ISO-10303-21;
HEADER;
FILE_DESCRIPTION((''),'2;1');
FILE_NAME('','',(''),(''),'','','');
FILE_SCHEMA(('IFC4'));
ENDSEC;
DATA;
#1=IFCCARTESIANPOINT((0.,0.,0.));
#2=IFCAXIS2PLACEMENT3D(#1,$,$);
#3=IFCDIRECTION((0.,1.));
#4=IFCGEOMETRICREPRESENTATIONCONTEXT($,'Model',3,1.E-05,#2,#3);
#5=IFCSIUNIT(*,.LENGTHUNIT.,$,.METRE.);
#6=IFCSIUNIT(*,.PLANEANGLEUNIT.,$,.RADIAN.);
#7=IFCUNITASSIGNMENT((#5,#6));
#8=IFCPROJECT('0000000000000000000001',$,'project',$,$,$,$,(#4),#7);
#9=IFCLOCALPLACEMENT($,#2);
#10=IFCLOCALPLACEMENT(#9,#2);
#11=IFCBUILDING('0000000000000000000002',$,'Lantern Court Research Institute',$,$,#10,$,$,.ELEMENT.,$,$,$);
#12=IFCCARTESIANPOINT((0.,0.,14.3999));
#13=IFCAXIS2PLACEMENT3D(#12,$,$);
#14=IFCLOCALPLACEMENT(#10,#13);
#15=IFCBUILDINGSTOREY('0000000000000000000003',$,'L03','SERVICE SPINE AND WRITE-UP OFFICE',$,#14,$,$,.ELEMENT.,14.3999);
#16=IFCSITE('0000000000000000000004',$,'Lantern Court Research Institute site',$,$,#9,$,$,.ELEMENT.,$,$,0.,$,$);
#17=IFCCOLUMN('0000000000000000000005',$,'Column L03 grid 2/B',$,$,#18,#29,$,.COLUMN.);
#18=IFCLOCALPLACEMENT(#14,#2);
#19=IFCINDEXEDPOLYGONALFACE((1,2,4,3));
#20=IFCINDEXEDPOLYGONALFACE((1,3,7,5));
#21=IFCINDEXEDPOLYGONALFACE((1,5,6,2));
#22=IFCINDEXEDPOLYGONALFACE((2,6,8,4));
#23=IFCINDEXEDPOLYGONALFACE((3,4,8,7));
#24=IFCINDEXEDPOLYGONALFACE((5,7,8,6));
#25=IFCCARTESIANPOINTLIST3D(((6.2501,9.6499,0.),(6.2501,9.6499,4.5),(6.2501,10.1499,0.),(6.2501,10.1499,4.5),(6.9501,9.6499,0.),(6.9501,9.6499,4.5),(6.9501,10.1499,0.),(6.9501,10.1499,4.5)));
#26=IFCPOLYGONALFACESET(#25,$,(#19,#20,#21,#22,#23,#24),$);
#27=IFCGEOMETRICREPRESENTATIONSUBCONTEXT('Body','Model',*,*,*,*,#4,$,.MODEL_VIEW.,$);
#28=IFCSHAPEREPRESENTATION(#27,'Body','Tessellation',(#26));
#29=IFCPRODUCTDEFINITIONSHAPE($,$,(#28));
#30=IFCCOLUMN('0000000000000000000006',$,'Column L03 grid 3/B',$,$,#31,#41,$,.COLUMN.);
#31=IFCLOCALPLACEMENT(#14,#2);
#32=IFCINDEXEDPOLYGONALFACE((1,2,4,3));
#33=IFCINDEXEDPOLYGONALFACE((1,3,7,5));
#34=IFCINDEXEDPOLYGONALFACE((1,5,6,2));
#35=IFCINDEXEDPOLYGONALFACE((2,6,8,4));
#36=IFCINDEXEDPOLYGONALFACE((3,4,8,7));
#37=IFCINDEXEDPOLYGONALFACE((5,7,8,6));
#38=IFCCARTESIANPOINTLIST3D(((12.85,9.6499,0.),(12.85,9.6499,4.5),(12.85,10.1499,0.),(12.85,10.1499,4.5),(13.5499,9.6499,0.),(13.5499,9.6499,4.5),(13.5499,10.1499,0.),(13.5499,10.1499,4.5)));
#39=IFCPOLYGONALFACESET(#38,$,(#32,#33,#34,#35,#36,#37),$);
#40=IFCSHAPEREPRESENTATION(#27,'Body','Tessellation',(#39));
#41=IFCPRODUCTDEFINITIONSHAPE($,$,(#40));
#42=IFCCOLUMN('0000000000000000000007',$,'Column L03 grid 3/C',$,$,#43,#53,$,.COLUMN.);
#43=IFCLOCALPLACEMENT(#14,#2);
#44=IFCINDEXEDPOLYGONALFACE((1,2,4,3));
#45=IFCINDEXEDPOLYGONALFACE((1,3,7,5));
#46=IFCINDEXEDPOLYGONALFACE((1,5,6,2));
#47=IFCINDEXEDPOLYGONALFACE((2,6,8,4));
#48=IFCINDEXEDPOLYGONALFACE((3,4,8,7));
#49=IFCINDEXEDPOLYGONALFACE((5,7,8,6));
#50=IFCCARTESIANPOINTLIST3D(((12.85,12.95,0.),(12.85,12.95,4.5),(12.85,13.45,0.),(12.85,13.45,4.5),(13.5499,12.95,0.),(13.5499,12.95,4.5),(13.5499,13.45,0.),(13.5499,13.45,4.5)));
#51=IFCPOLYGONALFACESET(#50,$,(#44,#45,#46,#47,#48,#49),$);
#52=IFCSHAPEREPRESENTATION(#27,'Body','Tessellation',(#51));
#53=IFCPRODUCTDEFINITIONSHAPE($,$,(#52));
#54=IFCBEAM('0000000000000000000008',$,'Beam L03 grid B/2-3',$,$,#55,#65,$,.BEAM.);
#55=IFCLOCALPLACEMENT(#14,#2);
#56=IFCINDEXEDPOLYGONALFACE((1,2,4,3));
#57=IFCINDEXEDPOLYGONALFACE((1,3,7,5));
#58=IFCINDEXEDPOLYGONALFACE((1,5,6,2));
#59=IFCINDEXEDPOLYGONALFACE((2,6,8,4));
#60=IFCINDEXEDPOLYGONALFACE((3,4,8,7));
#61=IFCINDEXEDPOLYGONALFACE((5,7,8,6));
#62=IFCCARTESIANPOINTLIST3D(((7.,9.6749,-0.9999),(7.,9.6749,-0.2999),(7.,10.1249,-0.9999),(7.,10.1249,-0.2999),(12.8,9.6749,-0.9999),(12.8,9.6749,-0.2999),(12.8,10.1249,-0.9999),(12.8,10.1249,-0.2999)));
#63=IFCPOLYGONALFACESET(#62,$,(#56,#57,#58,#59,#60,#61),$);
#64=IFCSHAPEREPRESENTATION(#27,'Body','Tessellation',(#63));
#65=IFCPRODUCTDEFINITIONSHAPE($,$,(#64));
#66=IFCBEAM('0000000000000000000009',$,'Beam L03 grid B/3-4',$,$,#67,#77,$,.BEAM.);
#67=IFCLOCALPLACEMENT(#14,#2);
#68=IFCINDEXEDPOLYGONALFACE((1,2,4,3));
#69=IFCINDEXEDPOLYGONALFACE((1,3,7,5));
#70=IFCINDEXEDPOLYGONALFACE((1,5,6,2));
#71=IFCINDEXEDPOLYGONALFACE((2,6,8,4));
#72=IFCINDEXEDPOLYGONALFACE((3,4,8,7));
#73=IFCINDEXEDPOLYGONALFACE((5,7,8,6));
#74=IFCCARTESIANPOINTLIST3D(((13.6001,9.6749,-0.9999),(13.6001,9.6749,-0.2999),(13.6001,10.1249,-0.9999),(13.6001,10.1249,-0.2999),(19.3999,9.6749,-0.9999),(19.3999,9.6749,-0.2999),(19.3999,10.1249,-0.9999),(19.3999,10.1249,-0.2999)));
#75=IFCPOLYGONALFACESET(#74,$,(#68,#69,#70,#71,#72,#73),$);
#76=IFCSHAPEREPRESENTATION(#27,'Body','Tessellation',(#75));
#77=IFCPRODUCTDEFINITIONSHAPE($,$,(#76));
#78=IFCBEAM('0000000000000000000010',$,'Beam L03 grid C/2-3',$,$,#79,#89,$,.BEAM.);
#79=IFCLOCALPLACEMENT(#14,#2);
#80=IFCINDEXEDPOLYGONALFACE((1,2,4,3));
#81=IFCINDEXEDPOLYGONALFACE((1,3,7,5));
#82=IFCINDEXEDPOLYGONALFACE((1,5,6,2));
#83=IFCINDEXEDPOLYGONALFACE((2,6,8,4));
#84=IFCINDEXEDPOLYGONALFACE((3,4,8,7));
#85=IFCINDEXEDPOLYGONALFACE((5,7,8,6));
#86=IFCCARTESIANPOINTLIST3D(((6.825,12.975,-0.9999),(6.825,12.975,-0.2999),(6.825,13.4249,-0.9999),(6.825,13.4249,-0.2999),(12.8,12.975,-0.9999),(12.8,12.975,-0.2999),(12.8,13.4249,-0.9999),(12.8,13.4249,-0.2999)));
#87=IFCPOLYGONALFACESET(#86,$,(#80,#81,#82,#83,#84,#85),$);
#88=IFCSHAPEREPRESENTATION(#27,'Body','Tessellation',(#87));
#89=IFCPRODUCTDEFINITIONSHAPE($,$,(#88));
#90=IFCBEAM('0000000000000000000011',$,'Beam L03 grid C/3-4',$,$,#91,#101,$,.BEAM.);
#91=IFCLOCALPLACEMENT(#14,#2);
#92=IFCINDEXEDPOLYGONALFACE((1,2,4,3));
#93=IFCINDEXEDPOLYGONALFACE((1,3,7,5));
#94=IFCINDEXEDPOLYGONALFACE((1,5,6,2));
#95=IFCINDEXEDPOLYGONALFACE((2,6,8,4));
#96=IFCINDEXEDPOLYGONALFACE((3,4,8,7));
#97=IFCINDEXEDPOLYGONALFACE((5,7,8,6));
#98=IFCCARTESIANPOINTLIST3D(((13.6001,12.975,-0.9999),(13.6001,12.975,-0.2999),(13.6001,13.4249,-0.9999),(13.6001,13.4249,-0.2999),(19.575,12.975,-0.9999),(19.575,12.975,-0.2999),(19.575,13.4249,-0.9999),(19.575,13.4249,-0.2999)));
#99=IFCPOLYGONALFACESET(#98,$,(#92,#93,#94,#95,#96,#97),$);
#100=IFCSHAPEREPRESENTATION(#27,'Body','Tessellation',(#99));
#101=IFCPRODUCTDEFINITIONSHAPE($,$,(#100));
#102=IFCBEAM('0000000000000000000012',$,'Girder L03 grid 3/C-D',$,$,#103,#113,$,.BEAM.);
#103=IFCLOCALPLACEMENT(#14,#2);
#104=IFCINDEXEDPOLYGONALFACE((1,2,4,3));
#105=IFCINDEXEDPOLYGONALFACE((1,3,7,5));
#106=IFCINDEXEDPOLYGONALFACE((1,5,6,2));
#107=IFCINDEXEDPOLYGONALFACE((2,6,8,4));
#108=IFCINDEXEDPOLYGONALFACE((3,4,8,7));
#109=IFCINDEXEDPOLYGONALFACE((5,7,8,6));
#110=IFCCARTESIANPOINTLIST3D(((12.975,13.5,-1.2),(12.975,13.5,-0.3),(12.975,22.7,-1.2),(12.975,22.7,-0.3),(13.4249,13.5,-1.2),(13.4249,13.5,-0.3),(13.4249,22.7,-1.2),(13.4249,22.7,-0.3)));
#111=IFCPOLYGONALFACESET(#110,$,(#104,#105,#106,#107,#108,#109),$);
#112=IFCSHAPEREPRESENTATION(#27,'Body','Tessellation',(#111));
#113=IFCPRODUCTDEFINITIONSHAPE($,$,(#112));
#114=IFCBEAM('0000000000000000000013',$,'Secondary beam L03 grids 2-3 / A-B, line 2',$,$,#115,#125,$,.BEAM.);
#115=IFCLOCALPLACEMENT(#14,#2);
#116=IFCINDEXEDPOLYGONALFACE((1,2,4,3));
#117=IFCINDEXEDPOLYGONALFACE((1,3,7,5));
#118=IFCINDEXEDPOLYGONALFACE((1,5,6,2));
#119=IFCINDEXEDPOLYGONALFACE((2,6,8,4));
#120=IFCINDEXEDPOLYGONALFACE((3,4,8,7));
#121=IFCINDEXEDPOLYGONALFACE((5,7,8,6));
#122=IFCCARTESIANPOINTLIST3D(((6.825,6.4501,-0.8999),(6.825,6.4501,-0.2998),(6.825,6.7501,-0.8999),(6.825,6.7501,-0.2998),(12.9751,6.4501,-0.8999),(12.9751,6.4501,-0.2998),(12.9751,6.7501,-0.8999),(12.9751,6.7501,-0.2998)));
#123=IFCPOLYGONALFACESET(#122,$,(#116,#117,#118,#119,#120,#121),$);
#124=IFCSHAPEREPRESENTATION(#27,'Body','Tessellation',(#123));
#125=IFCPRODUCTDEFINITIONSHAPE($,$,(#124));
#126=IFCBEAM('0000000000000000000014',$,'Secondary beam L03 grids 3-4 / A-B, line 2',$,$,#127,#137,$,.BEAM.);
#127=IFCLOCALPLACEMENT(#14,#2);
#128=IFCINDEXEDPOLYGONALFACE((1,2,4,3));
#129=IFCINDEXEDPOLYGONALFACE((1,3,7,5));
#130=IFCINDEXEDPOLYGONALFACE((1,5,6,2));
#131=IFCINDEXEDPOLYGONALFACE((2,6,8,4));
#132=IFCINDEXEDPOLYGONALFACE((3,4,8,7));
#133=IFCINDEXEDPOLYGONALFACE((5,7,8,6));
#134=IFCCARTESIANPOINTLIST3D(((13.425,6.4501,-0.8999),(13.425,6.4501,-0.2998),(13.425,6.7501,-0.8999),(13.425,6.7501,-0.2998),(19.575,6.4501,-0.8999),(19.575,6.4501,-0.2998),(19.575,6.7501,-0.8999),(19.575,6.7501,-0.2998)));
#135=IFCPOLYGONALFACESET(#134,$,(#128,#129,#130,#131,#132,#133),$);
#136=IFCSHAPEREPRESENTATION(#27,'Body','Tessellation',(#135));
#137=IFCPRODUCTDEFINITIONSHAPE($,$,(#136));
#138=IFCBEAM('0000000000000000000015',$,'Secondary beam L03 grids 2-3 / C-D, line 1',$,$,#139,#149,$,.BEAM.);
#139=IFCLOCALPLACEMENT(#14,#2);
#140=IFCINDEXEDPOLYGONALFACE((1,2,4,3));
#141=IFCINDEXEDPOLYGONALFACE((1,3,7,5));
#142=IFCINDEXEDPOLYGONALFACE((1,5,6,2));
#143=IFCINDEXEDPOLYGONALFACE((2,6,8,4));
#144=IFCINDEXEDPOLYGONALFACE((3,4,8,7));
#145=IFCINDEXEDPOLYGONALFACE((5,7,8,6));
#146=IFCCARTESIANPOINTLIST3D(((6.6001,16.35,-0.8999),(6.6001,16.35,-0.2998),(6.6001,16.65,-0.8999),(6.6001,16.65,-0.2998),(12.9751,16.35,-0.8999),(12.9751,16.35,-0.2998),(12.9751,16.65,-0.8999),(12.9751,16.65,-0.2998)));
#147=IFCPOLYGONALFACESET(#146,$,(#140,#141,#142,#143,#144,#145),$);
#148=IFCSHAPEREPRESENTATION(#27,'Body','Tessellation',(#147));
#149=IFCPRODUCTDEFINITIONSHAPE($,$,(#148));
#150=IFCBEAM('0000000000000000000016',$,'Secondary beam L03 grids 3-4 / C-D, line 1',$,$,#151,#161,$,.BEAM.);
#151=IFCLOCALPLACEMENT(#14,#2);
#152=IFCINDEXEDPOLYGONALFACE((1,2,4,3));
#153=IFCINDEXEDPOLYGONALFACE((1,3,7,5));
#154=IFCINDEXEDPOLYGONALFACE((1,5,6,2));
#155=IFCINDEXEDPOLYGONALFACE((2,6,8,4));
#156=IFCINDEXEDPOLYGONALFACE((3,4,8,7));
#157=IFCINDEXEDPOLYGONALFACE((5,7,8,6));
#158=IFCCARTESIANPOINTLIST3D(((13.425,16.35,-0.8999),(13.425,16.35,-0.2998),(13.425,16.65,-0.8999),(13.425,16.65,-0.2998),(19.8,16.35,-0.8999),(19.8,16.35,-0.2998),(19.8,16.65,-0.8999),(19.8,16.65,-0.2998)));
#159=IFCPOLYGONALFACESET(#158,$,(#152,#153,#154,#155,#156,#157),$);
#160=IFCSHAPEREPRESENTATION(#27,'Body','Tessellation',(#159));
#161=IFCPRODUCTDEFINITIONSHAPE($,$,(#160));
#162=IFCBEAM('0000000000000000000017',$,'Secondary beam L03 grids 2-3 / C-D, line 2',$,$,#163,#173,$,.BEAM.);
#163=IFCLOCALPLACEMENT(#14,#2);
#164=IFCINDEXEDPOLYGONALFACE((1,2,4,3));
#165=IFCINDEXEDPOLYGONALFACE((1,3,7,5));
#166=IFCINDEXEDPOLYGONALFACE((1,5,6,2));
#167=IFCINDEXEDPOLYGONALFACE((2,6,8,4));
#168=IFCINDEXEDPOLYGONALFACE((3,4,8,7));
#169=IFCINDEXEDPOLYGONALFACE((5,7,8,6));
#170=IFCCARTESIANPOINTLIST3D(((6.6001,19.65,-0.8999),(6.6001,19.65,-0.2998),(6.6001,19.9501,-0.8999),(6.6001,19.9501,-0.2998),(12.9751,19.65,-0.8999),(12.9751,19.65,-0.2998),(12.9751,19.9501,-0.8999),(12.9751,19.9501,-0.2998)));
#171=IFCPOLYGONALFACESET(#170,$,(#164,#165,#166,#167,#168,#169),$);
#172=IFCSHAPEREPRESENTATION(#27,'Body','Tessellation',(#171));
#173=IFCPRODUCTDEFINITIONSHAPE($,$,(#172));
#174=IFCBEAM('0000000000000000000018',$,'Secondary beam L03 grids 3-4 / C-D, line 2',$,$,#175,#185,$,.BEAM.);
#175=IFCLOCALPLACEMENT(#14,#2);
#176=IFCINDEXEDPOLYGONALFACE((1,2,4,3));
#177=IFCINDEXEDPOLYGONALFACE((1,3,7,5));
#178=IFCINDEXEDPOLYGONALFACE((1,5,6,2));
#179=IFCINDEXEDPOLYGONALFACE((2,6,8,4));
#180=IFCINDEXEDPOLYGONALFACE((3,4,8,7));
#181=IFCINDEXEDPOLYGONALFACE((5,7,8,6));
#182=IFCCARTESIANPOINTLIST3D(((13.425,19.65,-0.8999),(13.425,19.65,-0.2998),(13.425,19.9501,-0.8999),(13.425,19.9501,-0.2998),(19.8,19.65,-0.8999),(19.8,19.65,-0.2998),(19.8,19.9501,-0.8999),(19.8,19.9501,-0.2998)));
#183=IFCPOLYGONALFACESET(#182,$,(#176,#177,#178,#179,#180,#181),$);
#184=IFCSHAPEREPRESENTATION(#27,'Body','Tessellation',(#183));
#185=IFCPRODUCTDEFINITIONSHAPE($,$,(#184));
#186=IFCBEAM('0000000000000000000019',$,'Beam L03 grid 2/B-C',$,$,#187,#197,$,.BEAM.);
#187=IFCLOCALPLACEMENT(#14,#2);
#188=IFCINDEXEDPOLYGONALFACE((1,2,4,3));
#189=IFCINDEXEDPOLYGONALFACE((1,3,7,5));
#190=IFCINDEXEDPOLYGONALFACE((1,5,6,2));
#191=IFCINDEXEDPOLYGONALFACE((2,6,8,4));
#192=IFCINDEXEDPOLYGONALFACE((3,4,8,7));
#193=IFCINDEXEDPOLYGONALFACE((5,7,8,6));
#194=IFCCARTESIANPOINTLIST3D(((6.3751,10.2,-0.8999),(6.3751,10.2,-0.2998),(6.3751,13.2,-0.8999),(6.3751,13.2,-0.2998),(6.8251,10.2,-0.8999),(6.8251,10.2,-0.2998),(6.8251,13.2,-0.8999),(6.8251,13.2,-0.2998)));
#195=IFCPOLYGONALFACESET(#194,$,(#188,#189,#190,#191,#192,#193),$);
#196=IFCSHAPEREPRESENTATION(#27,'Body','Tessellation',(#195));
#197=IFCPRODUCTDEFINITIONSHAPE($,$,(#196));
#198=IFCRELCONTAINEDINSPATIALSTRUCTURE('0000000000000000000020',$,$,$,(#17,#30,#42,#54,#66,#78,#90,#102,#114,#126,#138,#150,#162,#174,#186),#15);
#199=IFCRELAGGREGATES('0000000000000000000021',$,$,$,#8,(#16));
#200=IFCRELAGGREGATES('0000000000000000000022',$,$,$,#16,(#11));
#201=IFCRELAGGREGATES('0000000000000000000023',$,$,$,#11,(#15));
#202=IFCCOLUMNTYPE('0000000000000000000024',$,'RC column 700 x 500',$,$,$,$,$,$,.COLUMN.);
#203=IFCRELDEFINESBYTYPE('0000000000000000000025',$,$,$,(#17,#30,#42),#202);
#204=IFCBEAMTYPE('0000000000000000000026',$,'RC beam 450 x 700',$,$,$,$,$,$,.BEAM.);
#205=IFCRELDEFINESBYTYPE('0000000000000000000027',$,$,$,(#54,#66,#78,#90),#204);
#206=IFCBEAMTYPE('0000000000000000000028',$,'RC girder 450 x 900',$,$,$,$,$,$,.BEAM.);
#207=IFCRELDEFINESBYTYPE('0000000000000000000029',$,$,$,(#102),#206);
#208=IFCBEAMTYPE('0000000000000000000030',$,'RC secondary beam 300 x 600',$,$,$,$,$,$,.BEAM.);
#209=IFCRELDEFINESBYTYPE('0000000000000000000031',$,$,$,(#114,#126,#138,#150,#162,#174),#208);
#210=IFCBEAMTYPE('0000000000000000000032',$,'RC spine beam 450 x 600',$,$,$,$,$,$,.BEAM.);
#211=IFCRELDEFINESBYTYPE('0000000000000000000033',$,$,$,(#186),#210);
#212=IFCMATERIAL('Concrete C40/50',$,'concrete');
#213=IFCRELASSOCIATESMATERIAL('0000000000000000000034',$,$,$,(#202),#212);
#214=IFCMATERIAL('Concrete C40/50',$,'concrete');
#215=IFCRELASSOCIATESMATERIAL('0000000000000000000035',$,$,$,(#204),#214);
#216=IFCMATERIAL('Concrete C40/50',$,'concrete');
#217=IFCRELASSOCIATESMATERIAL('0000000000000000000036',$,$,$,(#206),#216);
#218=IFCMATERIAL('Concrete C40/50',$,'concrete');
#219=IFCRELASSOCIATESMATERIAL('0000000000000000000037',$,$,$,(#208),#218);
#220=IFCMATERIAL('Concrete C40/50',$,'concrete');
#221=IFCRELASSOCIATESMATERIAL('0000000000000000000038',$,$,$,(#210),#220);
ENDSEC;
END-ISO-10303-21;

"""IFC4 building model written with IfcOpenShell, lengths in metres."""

from ifc_helpers import new_model, si_unit, direction, frame, origin, origin_2d, place, context, subcontext, project, spatial, rectangle, extrude, material, material_profile, profile_set, type_object, element, save


model = new_model("IFC4")

# Units and contexts
model_context = context("Model", 3, precision=1e-05, world=origin(), true_north=direction((0.0, 1.0)))
body_context = subcontext(model_context, "Body", "Model", "MODEL_VIEW")
ifc_project = project(units=[si_unit("LENGTHUNIT", "METRE"), si_unit("PLANEANGLEUNIT", "RADIAN")], contexts=[model_context])

# Site, building, storey
site_placement = place(None, origin())
site = spatial("IfcSite", under=ifc_project, at=site_placement, Name="Lantern Court Research Institute site", CompositionType="ELEMENT", RefElevation=0.0)
building_placement = place(site_placement, origin())
building = spatial("IfcBuilding", under=site, at=building_placement, Name="Lantern Court Research Institute", CompositionType="ELEMENT")
storey_placement = place(building_placement, frame((0.0, 0.0, 14.3999)))
storey = spatial("IfcBuildingStorey", under=building, at=storey_placement, Name="L03", Description="SERVICE SPINE AND WRITE-UP OFFICE", CompositionType="ELEMENT", Elevation=14.3999)

# Columns
ifc_material_1 = material(Name="Concrete C40/50", Category="concrete")
ifc_material_profile_1 = material_profile(ifc_material_1, rectangle(XDim=0.7, YDim=0.5, at=origin_2d()), Name="RC column 700 x 500")
ifc_profile_set_1 = profile_set([ifc_material_profile_1], Name="Concrete C40/50")
column_type = type_object("IfcColumnType", Name="RC column 700 x 500", PredefinedType="COLUMN", material=ifc_profile_set_1)
for number, where, z_axis, x_axis, name in (
    (1, (6.6001, 9.8999, 0.0), (0.0, 0.0, 1.0), (1.0, 0.0, 0.0), "Column L03 grid 2/B"),
    (2, (13.2, 9.8999, 0.0), (0.0, 0.0, 1.0), (1.0, 0.0, 0.0), "Column L03 grid 3/B"),
    (3, (13.2, 13.2, 0.0), (0.0, 0.0, 1.0), (1.0, 0.0, 0.0), "Column L03 grid 3/C"),
):
    element("IfcColumn", number, at=place(storey_placement, frame(where, z_axis=z_axis, x_axis=x_axis)), inside=storey, type_object=column_type, Name=name, PredefinedType="COLUMN", context=body_context, shape_type="SweptSolid", body=[
        extrude(rectangle(XDim=0.7, YDim=0.5, at=origin_2d()), origin(), (0.0, 0.0, 1.0), 4.5),
    ])

# Beams
ifc_material_2 = material(Name="Concrete C40/50", Category="concrete")
ifc_material_profile_2 = material_profile(ifc_material_2, rectangle(XDim=0.45, YDim=0.7, at=origin_2d()), Name="RC beam 450 x 700")
ifc_profile_set_2 = profile_set([ifc_material_profile_2], Name="Concrete C40/50")
beam_type_1 = type_object("IfcBeamType", Name="RC beam 450 x 700", PredefinedType="BEAM", material=ifc_profile_set_2)
beam_1_placement = place(storey_placement, frame((7.0, 9.8999, -0.6499), z_axis=(1.0, 0.0, 0.0), x_axis=(0.0, 1.0, 0.0)))
element("IfcBeam", 4, at=beam_1_placement, inside=storey, type_object=beam_type_1, Name="Beam L03 grid B/2-3", PredefinedType="BEAM", context=body_context, shape_type="SweptSolid", body=[
    extrude(rectangle(XDim=0.45, YDim=0.7, at=origin_2d()), origin(), (0.0, 0.0, 1.0), 5.8),
])
beam_2_placement = place(storey_placement, frame((13.6001, 9.8999, -0.6499), z_axis=(1.0, 0.0, 0.0), x_axis=(0.0, 1.0, 0.0)))
element("IfcBeam", 5, at=beam_2_placement, inside=storey, type_object=beam_type_1, Name="Beam L03 grid B/3-4", PredefinedType="BEAM", context=body_context, shape_type="SweptSolid", body=[
    extrude(rectangle(XDim=0.45, YDim=0.7, at=origin_2d()), origin(), (0.0, 0.0, 1.0), 5.7998),
])
beam_3_placement = place(storey_placement, frame((6.825, 13.2, -0.6499), z_axis=(1.0, 0.0, 0.0), x_axis=(0.0, 1.0, 0.0)))
element("IfcBeam", 6, at=beam_3_placement, inside=storey, type_object=beam_type_1, Name="Beam L03 grid C/2-3", PredefinedType="BEAM", context=body_context, shape_type="SweptSolid", body=[
    extrude(rectangle(XDim=0.45, YDim=0.7, at=origin_2d()), origin(), (0.0, 0.0, 1.0), 5.9751),
])
beam_4_placement = place(storey_placement, frame((13.6001, 13.2, -0.6499), z_axis=(1.0, 0.0, 0.0), x_axis=(0.0, 1.0, 0.0)))
element("IfcBeam", 7, at=beam_4_placement, inside=storey, type_object=beam_type_1, Name="Beam L03 grid C/3-4", PredefinedType="BEAM", context=body_context, shape_type="SweptSolid", body=[
    extrude(rectangle(XDim=0.45, YDim=0.7, at=origin_2d()), origin(), (0.0, 0.0, 1.0), 5.9749),
])
ifc_material_3 = material(Name="Concrete C40/50", Category="concrete")
ifc_material_profile_3 = material_profile(ifc_material_3, rectangle(XDim=0.45, YDim=0.8999, at=origin_2d()), Name="RC beam 450 x 900")
ifc_profile_set_3 = profile_set([ifc_material_profile_3], Name="Concrete C40/50")
beam_type_2 = type_object("IfcBeamType", Name="RC girder 450 x 900", PredefinedType="BEAM", material=ifc_profile_set_3)
beam_5_placement = place(storey_placement, frame((13.2, 13.5, -0.75), z_axis=(0.0, 1.0, 0.0), x_axis=(-1.0, 0.0, 0.0)))
element("IfcBeam", 8, at=beam_5_placement, inside=storey, type_object=beam_type_2, Name="Girder L03 grid 3/C-D", PredefinedType="BEAM", context=body_context, shape_type="SweptSolid", body=[
    extrude(rectangle(XDim=0.45, YDim=0.8999, at=origin_2d()), origin(), (0.0, 0.0, 1.0), 9.2),
])
ifc_material_4 = material(Name="Concrete C40/50", Category="concrete")
ifc_material_profile_4 = material_profile(ifc_material_4, rectangle(XDim=0.3, YDim=0.6001, at=origin_2d()), Name="RC beam 300 x 600")
ifc_profile_set_4 = profile_set([ifc_material_profile_4], Name="Concrete C40/50")
beam_type_3 = type_object("IfcBeamType", Name="RC secondary beam 300 x 600", PredefinedType="BEAM", material=ifc_profile_set_4)
beam_6_placement = place(storey_placement, frame((6.825, 6.6001, -0.5999), z_axis=(1.0, 0.0, 0.0), x_axis=(0.0, 1.0, 0.0)))
element("IfcBeam", 9, at=beam_6_placement, inside=storey, type_object=beam_type_3, Name="Secondary beam L03 grids 2-3 / A-B, line 2", PredefinedType="BEAM", context=body_context, shape_type="SweptSolid", body=[
    extrude(rectangle(XDim=0.3, YDim=0.6001, at=origin_2d()), origin(), (0.0, 0.0, 1.0), 6.1501),
])
beam_7_placement = place(storey_placement, frame((13.425, 6.6001, -0.5999), z_axis=(1.0, 0.0, 0.0), x_axis=(0.0, 1.0, 0.0)))
element("IfcBeam", 10, at=beam_7_placement, inside=storey, type_object=beam_type_3, Name="Secondary beam L03 grids 3-4 / A-B, line 2", PredefinedType="BEAM", context=body_context, shape_type="SweptSolid", body=[
    extrude(rectangle(XDim=0.3, YDim=0.6001, at=origin_2d()), origin(), (0.0, 0.0, 1.0), 6.1499),
])
for number, where, z_axis, x_axis, name in (
    (11, (6.6001, 16.5, -0.5999), (1.0, 0.0, 0.0), (0.0, 1.0, 0.0), "Secondary beam L03 grids 2-3 / C-D, line 1"),
    (12, (13.425, 16.5, -0.5999), (1.0, 0.0, 0.0), (0.0, 1.0, 0.0), "Secondary beam L03 grids 3-4 / C-D, line 1"),
    (13, (6.6001, 19.8, -0.5999), (1.0, 0.0, 0.0), (0.0, 1.0, 0.0), "Secondary beam L03 grids 2-3 / C-D, line 2"),
    (14, (13.425, 19.8, -0.5999), (1.0, 0.0, 0.0), (0.0, 1.0, 0.0), "Secondary beam L03 grids 3-4 / C-D, line 2"),
):
    element("IfcBeam", number, at=place(storey_placement, frame(where, z_axis=z_axis, x_axis=x_axis)), inside=storey, type_object=beam_type_3, Name=name, PredefinedType="BEAM", context=body_context, shape_type="SweptSolid", body=[
        extrude(rectangle(XDim=0.3, YDim=0.6001, at=origin_2d()), origin(), (0.0, 0.0, 1.0), 6.375),
    ])
ifc_material_5 = material(Name="Concrete C40/50", Category="concrete")
ifc_material_profile_5 = material_profile(ifc_material_5, rectangle(XDim=0.45, YDim=0.6001, at=origin_2d()), Name="RC beam 450 x 600")
ifc_profile_set_5 = profile_set([ifc_material_profile_5], Name="Concrete C40/50")
beam_type_4 = type_object("IfcBeamType", Name="RC spine beam 450 x 600", PredefinedType="BEAM", material=ifc_profile_set_5)
beam_8_placement = place(storey_placement, frame((6.6001, 10.2, -0.5999), z_axis=(0.0, 1.0, 0.0), x_axis=(-1.0, 0.0, 0.0)))
element("IfcBeam", 15, at=beam_8_placement, inside=storey, type_object=beam_type_4, Name="Beam L03 grid 2/B-C", PredefinedType="BEAM", context=body_context, shape_type="SweptSolid", body=[
    extrude(rectangle(XDim=0.45, YDim=0.6001, at=origin_2d()), origin(), (0.0, 0.0, 1.0), 3.0),
])

save(model, "model.ifc")
